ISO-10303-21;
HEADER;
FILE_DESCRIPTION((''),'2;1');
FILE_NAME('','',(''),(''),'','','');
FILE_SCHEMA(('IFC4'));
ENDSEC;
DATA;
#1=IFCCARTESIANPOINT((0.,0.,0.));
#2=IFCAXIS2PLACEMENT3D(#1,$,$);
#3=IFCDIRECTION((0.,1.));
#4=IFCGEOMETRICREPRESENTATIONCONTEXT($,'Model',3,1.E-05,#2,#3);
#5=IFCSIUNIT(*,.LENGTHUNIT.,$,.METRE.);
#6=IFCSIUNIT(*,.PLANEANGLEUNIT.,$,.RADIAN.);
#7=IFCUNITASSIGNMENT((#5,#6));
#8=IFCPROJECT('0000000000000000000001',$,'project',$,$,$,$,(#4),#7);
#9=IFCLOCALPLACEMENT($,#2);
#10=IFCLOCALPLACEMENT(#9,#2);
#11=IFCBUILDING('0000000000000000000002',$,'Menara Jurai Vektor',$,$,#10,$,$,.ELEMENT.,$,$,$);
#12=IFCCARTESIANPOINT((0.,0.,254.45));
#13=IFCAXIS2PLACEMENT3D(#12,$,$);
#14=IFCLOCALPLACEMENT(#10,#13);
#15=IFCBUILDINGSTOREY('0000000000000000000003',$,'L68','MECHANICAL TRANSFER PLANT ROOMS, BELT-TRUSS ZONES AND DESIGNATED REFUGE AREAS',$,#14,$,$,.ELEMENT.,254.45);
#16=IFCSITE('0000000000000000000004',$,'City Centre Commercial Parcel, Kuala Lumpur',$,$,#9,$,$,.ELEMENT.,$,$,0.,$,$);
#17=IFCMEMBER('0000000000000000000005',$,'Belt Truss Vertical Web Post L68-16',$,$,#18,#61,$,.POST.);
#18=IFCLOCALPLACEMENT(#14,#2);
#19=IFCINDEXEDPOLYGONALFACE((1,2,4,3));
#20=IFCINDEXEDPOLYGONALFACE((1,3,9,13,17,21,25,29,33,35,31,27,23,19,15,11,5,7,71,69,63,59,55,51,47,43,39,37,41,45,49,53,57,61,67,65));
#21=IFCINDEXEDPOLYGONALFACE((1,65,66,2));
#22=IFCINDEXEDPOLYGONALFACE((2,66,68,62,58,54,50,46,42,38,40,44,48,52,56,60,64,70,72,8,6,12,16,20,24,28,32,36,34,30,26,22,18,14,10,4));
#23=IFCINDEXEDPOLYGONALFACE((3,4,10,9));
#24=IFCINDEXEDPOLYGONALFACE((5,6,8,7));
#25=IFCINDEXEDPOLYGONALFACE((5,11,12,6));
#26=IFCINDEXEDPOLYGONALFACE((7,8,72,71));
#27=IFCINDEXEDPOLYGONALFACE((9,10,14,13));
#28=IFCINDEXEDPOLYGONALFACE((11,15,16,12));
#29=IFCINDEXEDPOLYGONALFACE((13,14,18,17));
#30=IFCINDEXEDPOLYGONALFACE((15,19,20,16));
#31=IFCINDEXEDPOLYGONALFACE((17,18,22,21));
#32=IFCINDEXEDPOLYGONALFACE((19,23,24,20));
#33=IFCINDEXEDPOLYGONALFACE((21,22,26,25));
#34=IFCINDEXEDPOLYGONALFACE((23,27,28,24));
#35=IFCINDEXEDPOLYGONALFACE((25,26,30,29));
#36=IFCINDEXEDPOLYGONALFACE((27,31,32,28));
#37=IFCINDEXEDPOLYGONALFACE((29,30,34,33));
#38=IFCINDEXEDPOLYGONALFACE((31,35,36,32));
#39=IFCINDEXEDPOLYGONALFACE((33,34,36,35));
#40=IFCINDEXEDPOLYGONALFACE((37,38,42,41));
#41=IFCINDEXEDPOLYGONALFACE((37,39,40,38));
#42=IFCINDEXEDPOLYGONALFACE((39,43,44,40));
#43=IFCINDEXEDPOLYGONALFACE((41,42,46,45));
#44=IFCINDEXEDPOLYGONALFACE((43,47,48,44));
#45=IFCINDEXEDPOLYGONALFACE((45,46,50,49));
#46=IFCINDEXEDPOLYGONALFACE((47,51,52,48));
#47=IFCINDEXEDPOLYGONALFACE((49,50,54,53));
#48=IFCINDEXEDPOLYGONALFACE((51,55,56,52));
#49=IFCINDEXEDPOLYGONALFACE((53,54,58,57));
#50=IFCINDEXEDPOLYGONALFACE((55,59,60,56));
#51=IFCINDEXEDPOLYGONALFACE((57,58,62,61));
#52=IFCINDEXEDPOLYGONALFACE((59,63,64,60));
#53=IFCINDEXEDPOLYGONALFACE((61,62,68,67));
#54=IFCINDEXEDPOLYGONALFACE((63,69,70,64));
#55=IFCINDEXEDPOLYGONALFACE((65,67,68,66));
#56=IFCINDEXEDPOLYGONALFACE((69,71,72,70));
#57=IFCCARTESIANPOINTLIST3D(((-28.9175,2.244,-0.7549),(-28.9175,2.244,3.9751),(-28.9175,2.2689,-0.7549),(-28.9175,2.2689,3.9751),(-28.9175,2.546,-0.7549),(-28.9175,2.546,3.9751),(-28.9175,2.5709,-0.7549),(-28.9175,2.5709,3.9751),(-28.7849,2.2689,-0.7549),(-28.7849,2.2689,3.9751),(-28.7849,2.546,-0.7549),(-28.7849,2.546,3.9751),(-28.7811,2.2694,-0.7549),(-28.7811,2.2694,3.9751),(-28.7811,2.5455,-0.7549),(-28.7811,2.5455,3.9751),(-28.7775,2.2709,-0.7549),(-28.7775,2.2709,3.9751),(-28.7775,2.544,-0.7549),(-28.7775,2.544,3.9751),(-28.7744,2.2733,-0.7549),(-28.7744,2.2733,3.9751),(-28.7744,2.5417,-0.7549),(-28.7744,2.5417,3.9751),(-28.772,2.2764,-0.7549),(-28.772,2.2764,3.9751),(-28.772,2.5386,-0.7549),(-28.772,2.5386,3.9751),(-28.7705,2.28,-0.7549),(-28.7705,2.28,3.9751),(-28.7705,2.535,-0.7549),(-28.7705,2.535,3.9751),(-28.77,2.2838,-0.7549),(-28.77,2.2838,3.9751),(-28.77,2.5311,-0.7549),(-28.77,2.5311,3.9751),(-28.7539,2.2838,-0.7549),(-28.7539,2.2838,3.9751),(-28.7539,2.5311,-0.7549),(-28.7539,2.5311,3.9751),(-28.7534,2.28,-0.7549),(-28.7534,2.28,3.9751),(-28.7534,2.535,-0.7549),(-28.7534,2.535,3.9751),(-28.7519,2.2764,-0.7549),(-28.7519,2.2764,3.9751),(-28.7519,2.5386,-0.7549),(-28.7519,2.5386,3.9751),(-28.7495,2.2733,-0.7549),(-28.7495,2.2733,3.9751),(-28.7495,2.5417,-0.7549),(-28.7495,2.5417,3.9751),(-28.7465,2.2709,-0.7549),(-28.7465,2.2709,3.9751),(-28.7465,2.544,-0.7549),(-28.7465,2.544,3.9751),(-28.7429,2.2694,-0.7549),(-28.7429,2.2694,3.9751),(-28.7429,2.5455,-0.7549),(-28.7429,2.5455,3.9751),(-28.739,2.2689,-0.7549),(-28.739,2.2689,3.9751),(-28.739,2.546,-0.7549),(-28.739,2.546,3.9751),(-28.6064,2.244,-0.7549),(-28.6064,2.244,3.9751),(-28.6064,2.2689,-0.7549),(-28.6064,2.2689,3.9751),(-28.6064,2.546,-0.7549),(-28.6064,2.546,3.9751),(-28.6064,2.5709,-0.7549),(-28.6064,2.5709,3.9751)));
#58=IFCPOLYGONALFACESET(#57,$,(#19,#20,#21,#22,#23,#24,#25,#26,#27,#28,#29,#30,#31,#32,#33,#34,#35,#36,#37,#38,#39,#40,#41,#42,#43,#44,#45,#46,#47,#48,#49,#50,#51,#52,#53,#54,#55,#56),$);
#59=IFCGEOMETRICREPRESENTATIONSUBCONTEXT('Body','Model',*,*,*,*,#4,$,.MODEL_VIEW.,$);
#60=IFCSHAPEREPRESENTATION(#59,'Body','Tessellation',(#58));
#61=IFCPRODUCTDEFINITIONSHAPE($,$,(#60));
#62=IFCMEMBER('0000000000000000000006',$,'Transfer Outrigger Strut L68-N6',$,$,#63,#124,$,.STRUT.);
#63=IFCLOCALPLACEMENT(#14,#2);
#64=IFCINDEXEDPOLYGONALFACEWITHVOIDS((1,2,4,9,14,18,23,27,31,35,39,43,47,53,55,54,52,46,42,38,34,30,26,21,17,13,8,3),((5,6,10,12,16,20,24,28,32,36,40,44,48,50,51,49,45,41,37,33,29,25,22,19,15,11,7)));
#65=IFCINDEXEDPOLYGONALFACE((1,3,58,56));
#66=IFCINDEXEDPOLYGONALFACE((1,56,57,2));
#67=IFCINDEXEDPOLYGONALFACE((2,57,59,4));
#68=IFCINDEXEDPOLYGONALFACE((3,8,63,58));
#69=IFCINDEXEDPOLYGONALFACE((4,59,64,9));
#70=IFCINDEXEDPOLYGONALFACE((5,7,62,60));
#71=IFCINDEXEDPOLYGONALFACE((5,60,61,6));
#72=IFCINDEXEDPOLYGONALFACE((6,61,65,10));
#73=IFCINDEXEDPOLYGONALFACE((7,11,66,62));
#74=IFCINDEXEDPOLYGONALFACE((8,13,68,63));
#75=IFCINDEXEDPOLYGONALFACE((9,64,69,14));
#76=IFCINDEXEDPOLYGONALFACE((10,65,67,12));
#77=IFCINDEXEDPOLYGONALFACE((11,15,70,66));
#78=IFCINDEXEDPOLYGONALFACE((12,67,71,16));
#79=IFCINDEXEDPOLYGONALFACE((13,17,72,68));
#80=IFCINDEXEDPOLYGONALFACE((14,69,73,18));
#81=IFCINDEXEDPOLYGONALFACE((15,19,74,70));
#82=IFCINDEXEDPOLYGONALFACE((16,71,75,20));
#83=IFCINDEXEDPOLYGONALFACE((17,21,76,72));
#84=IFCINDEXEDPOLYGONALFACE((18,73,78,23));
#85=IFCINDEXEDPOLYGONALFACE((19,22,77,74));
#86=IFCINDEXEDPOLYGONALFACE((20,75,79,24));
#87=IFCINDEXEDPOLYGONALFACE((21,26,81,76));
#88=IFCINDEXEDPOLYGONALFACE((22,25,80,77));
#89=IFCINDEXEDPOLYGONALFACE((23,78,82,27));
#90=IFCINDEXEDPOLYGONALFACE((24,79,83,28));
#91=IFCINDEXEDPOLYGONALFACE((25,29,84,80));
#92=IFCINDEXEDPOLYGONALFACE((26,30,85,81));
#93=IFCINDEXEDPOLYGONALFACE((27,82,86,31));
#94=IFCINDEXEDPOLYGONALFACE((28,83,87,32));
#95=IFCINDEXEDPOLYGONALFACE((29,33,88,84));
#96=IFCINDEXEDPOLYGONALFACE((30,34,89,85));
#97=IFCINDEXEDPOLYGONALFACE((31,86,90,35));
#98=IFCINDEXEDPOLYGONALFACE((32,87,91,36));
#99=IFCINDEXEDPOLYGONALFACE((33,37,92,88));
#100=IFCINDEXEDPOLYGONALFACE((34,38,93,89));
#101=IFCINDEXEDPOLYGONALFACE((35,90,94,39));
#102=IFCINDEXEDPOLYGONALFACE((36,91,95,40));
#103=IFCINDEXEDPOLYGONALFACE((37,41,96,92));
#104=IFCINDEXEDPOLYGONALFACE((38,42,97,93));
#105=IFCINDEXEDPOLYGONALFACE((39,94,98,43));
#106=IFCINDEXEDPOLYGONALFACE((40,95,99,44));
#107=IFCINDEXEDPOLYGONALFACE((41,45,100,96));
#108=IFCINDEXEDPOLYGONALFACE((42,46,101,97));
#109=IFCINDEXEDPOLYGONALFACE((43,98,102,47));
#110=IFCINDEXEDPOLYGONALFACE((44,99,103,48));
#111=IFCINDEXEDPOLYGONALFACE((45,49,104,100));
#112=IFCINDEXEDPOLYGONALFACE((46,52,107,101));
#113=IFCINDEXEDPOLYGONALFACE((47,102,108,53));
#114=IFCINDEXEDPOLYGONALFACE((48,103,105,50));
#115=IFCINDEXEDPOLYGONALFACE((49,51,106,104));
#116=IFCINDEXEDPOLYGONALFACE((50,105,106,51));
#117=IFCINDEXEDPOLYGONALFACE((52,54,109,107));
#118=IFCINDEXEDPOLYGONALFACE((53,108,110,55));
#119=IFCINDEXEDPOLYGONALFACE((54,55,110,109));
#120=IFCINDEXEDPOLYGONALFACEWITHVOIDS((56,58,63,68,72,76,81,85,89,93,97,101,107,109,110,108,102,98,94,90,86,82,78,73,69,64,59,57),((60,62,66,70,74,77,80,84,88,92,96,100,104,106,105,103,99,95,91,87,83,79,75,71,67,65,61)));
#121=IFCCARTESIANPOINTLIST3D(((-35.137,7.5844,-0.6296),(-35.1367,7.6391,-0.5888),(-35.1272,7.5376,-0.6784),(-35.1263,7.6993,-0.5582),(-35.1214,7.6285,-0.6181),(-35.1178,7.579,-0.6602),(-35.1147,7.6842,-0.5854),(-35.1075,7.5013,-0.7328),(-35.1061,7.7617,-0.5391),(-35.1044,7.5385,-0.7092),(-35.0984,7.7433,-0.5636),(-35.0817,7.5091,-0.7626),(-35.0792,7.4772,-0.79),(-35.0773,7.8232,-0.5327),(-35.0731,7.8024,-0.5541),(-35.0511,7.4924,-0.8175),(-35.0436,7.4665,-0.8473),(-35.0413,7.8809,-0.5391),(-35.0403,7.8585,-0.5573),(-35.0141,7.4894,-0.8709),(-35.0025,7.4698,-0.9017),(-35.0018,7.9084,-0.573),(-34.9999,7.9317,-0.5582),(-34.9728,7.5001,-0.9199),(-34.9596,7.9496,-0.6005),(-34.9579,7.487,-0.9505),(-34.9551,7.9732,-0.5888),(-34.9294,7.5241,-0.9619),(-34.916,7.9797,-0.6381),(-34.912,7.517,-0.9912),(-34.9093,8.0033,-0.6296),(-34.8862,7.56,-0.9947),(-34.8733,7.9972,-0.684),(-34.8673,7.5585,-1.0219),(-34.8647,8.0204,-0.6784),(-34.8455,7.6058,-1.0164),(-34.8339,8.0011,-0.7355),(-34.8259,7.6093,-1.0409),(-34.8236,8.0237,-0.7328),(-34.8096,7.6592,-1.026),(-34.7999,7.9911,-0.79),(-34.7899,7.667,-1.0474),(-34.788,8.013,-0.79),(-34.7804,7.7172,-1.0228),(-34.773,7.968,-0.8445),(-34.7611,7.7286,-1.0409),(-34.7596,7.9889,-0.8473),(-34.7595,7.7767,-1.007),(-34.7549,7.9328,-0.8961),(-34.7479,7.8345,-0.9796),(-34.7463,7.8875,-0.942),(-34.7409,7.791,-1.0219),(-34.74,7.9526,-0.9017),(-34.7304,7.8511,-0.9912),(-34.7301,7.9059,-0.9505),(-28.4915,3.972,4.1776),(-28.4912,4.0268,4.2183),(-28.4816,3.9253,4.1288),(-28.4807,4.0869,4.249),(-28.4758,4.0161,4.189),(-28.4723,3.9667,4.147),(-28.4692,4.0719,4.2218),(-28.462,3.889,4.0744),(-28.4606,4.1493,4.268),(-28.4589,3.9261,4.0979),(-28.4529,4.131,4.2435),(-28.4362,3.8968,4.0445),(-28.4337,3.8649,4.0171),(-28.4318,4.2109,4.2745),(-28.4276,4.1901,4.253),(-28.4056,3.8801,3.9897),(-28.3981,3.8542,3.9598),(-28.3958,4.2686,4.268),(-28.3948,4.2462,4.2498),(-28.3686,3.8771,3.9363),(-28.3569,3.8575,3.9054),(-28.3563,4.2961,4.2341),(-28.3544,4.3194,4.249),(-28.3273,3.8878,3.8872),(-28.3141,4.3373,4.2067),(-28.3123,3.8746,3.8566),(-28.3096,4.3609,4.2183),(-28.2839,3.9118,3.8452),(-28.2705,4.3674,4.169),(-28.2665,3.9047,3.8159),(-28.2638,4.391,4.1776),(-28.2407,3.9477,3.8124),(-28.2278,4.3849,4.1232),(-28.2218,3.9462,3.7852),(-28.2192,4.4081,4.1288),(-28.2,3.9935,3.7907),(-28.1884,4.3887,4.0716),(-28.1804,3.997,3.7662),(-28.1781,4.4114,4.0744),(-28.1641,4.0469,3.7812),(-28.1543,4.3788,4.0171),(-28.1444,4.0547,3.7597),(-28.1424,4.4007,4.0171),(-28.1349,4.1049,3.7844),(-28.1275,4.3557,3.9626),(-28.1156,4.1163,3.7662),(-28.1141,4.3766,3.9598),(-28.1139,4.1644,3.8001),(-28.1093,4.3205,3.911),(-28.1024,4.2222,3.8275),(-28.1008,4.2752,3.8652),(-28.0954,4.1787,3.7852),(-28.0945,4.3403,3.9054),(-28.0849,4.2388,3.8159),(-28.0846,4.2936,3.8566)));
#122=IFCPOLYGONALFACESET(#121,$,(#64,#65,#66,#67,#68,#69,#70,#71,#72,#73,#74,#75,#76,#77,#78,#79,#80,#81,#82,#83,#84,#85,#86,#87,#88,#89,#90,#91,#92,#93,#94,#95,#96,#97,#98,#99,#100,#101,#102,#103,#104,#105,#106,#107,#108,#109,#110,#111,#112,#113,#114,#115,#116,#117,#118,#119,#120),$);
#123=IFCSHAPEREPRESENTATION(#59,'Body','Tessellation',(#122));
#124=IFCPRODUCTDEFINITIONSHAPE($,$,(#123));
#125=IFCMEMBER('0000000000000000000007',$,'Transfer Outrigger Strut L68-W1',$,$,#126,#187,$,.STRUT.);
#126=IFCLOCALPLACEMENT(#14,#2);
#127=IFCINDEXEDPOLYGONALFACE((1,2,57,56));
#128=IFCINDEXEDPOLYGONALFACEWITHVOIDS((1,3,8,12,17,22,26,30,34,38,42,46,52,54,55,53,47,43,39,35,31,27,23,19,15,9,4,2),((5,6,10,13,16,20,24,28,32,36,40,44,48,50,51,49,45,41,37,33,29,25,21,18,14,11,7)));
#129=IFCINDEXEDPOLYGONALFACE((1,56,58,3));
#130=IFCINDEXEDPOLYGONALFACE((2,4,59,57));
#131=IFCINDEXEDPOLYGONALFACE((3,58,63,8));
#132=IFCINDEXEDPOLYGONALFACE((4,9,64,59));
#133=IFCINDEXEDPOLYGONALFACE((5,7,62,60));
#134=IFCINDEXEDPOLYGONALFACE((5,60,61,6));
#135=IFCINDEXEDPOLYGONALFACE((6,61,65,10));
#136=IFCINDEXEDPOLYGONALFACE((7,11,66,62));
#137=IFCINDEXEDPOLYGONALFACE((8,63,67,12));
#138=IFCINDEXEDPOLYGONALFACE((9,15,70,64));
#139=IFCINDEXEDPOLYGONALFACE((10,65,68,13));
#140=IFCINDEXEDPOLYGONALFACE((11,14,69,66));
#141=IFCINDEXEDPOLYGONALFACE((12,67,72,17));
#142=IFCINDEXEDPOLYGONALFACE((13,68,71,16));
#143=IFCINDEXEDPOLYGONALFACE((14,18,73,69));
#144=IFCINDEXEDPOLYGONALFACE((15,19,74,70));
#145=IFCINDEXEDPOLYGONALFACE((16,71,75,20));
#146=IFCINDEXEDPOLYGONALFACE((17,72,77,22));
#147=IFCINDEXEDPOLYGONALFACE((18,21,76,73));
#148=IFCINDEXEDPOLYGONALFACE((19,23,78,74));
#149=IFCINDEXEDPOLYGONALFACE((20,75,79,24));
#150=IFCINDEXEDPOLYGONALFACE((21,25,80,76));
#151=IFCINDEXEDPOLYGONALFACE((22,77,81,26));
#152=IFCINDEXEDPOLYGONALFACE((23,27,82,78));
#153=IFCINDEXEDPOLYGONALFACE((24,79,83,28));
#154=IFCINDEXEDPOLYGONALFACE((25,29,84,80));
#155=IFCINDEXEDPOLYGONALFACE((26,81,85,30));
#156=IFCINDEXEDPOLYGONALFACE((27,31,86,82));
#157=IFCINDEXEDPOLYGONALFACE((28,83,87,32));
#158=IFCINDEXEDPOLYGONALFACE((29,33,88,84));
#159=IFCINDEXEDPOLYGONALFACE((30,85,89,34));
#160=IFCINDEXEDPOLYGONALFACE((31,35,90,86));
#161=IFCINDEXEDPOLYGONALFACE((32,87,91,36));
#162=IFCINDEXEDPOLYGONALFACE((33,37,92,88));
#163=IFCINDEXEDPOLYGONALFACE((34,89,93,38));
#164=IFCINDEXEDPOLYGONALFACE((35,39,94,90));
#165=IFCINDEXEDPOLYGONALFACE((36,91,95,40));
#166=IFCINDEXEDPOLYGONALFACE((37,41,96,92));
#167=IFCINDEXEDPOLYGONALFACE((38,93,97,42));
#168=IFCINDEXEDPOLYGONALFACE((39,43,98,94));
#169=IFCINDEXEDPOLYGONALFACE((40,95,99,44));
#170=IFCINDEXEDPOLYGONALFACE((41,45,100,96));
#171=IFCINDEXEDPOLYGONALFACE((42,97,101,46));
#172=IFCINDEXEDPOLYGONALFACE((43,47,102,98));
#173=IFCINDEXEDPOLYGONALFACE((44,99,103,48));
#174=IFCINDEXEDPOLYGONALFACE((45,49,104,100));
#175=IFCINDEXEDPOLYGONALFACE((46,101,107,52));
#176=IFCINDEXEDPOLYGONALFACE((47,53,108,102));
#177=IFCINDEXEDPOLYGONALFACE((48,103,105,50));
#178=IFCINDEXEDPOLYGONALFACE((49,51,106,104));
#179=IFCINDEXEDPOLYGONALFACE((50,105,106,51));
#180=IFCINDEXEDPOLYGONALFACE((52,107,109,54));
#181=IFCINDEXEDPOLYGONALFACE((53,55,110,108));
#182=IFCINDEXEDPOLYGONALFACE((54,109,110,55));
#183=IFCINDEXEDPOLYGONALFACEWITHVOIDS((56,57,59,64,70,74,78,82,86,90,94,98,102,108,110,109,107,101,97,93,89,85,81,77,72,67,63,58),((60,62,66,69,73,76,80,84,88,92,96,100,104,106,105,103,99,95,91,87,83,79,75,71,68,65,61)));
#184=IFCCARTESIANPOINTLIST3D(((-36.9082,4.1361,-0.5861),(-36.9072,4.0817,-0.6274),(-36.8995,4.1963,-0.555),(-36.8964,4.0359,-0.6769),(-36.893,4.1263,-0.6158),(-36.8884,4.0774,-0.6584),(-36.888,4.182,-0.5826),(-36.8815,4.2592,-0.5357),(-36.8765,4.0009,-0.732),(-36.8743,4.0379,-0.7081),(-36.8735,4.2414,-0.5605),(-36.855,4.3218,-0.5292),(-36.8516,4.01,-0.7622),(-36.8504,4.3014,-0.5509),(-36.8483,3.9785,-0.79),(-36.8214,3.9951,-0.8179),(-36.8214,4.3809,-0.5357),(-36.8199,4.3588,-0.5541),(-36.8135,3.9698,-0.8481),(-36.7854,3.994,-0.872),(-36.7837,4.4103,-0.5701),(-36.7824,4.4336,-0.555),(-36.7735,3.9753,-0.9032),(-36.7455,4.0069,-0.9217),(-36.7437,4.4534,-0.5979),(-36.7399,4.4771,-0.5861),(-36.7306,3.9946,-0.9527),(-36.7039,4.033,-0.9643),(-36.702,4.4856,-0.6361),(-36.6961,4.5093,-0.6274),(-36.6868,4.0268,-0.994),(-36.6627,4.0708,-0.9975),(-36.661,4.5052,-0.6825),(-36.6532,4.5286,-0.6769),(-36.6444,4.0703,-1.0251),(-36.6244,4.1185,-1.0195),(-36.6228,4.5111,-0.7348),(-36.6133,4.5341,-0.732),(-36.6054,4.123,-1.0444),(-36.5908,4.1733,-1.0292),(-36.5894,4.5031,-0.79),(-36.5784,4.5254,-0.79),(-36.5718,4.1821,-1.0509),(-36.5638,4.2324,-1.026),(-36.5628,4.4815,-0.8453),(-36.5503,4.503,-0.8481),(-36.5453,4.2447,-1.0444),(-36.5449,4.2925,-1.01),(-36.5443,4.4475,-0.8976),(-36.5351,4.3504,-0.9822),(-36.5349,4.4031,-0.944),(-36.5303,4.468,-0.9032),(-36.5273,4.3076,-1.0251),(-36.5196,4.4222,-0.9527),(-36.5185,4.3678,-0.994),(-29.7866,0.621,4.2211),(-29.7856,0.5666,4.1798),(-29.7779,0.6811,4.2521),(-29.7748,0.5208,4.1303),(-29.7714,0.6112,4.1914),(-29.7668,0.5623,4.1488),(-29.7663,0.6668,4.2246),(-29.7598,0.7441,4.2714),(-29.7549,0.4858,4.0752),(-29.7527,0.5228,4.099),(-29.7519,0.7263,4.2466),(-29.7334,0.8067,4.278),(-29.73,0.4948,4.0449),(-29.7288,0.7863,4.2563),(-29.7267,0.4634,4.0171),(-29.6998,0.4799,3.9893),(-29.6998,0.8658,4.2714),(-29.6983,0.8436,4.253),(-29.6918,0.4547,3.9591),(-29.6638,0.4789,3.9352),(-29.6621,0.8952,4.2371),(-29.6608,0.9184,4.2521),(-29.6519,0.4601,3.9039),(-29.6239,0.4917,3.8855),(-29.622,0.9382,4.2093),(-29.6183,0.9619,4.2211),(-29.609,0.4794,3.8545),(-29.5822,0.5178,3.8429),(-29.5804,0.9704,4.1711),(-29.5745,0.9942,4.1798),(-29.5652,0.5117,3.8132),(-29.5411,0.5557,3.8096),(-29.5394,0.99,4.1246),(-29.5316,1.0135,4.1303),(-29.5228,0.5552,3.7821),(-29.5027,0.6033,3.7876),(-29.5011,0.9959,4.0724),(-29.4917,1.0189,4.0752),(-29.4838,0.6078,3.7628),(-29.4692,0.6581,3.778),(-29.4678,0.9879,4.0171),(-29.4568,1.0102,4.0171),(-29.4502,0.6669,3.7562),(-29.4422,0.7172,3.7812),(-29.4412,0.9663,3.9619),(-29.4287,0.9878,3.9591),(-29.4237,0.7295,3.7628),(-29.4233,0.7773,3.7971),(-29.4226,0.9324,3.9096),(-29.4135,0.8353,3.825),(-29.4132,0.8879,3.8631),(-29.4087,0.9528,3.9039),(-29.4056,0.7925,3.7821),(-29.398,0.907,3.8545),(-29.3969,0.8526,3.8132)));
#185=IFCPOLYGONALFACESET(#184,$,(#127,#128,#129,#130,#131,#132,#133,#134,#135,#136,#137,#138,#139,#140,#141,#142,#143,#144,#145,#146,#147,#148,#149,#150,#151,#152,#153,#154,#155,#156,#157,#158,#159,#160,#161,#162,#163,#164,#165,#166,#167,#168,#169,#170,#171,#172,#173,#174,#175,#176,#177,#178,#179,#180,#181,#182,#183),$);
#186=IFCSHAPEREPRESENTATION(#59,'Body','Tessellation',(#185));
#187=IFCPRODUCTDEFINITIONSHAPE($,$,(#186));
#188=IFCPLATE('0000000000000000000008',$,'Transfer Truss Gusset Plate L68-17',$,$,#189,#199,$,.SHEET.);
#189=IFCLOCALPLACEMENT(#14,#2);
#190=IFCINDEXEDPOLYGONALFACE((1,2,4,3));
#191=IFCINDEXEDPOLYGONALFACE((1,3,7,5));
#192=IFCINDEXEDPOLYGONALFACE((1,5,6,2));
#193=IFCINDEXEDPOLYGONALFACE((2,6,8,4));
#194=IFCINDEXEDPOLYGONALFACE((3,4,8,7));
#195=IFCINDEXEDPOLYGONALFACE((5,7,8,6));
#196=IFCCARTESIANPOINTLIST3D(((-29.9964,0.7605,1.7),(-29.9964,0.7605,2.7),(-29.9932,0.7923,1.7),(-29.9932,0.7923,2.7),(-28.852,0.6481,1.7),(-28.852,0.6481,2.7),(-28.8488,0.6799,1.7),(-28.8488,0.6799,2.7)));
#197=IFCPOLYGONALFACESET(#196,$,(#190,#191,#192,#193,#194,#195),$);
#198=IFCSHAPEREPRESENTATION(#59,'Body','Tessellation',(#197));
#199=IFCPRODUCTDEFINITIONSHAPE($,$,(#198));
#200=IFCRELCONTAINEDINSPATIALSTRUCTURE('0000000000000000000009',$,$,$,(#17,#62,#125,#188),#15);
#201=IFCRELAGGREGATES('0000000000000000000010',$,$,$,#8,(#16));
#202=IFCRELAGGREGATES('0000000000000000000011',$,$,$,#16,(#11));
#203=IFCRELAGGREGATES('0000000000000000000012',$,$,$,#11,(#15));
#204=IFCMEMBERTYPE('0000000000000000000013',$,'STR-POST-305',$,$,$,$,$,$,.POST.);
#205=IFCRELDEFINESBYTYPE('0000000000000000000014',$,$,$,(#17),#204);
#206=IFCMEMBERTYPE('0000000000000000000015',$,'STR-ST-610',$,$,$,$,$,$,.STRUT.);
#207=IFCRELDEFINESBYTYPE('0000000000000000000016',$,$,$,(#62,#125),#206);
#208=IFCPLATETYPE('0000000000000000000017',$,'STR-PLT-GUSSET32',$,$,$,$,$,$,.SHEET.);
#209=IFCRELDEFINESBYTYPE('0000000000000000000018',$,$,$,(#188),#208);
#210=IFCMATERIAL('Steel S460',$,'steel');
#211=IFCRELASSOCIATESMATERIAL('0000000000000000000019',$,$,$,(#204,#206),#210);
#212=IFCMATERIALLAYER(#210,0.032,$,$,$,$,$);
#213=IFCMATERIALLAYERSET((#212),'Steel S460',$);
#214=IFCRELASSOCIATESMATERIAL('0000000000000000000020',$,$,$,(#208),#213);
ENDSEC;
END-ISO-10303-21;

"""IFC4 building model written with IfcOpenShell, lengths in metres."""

from ifc_helpers import new_model, si_unit, direction, frame, origin, origin_2d, place, context, subcontext, project, spatial, rectangle, hollow_circle, i_section, extrude, material, layer, layer_set, material_profile, profile_set, type_object, element, save


model = new_model("IFC4")

# Units and contexts
model_context = context("Model", 3, precision=1e-05, world=origin(), true_north=direction((0.0, 1.0)))
body_context = subcontext(model_context, "Body", "Model", "MODEL_VIEW")
ifc_project = project(units=[si_unit("LENGTHUNIT", "METRE"), si_unit("PLANEANGLEUNIT", "RADIAN")], contexts=[model_context])

# Site, building, storey
site_placement = place(None, origin())
site = spatial("IfcSite", under=ifc_project, at=site_placement, Name="City Centre Commercial Parcel, Kuala Lumpur", CompositionType="ELEMENT", RefElevation=0.0)
building_placement = place(site_placement, origin())
building = spatial("IfcBuilding", under=site, at=building_placement, Name="Menara Jurai Vektor", CompositionType="ELEMENT")
storey_placement = place(building_placement, frame((0.0, 0.0, 254.45)))
storey = spatial("IfcBuildingStorey", under=building, at=storey_placement, Name="L68", Description="MECHANICAL TRANSFER PLANT ROOMS, BELT-TRUSS ZONES AND DESIGNATED REFUGE AREAS", CompositionType="ELEMENT", Elevation=254.45)

# Shared definitions
ifc_material_1 = material(Name="Steel S460", Category="steel")

# Members
ifc_material_profile_1 = material_profile(ifc_material_1, i_section(OverallWidth=0.311, OverallDepth=0.3269, WebThickness=0.0161, FlangeThickness=0.0249, FilletRadius=0.0149, at=origin_2d()), Name="UKC 305x305x158")
ifc_profile_set_1 = profile_set([ifc_material_profile_1], Name="Steel S460")
member_type_1 = type_object("IfcMemberType", Name="STR-POST-305", PredefinedType="POST", material=ifc_profile_set_1)
member_1_placement = place(storey_placement, frame((-28.762, 2.4075, -0.7549), z_axis=(0.0, 0.0, 1.0), x_axis=(1.0, 0.0, 0.0)))
element("IfcMember", 1, at=member_1_placement, inside=storey, type_object=member_type_1, Name="Belt Truss Vertical Web Post L68-16", PredefinedType="POST", context=body_context, shape_type="SweptSolid", body=[
    extrude(i_section(OverallWidth=0.311, OverallDepth=0.3269, WebThickness=0.0161, FlangeThickness=0.0249, FilletRadius=0.0149, at=origin_2d()), origin(), (0.0, 0.0, 1.0), 4.73),
])
ifc_material_profile_2 = material_profile(ifc_material_1, hollow_circle(Radius=0.3049, WallThickness=0.0249, at=origin_2d()), Name="CHS 610x25")
ifc_profile_set_2 = profile_set([ifc_material_profile_2], Name="Steel S460")
member_type_2 = type_object("IfcMemberType", Name="STR-ST-610", PredefinedType="STRUT", material=ifc_profile_set_2)
member_2_placement = place(storey_placement, frame((-34.9336, 7.7451, -0.79), z_axis=(0.741509, -0.403063, 0.536382), x_axis=(0.477576, 0.87859, 0.0)))
element("IfcMember", 2, at=member_2_placement, inside=storey, type_object=member_type_2, Name="Transfer Outrigger Strut L68-N6", PredefinedType="STRUT", context=body_context, shape_type="SweptSolid", body=[
    extrude(hollow_circle(Radius=0.3049, WallThickness=0.0249, at=origin_2d()), origin(), (0.0, 0.0, 1.0), 8.9622),
])
member_3_placement = place(storey_placement, frame((-36.7134, 4.252, -0.79), z_axis=(0.76713, -0.378647, 0.51782), x_axis=(0.442609, 0.896715, 0.0)))
element("IfcMember", 3, at=member_3_placement, inside=storey, type_object=member_type_2, Name="Transfer Outrigger Strut L68-W1", PredefinedType="STRUT", context=body_context, shape_type="SweptSolid", body=[
    extrude(hollow_circle(Radius=0.3049, WallThickness=0.0249, at=origin_2d()), origin(), (0.0, 0.0, 1.0), 9.2834),
])

# Plate
ifc_layer_1 = layer(ifc_material_1, 0.032)
ifc_layer_set_1 = layer_set([ifc_layer_1], Name="Steel S460")
plate_type = type_object("IfcPlateType", Name="STR-PLT-GUSSET32", PredefinedType="SHEET", material=ifc_layer_set_1)
plate_placement = place(storey_placement, frame((-29.4226, 0.7202, 1.7), z_axis=(0.0, 0.0, 1.0), x_axis=(0.99521, -0.097757, 0.0)))
element("IfcPlate", 4, at=plate_placement, inside=storey, type_object=plate_type, Name="Transfer Truss Gusset Plate L68-17", PredefinedType="SHEET", context=body_context, shape_type="SweptSolid", body=[
    extrude(rectangle(XDim=1.1499, YDim=0.032, at=origin_2d()), origin(), (0.0, 0.0, 1.0), 1.0),
])

save(model, "model.ifc")
